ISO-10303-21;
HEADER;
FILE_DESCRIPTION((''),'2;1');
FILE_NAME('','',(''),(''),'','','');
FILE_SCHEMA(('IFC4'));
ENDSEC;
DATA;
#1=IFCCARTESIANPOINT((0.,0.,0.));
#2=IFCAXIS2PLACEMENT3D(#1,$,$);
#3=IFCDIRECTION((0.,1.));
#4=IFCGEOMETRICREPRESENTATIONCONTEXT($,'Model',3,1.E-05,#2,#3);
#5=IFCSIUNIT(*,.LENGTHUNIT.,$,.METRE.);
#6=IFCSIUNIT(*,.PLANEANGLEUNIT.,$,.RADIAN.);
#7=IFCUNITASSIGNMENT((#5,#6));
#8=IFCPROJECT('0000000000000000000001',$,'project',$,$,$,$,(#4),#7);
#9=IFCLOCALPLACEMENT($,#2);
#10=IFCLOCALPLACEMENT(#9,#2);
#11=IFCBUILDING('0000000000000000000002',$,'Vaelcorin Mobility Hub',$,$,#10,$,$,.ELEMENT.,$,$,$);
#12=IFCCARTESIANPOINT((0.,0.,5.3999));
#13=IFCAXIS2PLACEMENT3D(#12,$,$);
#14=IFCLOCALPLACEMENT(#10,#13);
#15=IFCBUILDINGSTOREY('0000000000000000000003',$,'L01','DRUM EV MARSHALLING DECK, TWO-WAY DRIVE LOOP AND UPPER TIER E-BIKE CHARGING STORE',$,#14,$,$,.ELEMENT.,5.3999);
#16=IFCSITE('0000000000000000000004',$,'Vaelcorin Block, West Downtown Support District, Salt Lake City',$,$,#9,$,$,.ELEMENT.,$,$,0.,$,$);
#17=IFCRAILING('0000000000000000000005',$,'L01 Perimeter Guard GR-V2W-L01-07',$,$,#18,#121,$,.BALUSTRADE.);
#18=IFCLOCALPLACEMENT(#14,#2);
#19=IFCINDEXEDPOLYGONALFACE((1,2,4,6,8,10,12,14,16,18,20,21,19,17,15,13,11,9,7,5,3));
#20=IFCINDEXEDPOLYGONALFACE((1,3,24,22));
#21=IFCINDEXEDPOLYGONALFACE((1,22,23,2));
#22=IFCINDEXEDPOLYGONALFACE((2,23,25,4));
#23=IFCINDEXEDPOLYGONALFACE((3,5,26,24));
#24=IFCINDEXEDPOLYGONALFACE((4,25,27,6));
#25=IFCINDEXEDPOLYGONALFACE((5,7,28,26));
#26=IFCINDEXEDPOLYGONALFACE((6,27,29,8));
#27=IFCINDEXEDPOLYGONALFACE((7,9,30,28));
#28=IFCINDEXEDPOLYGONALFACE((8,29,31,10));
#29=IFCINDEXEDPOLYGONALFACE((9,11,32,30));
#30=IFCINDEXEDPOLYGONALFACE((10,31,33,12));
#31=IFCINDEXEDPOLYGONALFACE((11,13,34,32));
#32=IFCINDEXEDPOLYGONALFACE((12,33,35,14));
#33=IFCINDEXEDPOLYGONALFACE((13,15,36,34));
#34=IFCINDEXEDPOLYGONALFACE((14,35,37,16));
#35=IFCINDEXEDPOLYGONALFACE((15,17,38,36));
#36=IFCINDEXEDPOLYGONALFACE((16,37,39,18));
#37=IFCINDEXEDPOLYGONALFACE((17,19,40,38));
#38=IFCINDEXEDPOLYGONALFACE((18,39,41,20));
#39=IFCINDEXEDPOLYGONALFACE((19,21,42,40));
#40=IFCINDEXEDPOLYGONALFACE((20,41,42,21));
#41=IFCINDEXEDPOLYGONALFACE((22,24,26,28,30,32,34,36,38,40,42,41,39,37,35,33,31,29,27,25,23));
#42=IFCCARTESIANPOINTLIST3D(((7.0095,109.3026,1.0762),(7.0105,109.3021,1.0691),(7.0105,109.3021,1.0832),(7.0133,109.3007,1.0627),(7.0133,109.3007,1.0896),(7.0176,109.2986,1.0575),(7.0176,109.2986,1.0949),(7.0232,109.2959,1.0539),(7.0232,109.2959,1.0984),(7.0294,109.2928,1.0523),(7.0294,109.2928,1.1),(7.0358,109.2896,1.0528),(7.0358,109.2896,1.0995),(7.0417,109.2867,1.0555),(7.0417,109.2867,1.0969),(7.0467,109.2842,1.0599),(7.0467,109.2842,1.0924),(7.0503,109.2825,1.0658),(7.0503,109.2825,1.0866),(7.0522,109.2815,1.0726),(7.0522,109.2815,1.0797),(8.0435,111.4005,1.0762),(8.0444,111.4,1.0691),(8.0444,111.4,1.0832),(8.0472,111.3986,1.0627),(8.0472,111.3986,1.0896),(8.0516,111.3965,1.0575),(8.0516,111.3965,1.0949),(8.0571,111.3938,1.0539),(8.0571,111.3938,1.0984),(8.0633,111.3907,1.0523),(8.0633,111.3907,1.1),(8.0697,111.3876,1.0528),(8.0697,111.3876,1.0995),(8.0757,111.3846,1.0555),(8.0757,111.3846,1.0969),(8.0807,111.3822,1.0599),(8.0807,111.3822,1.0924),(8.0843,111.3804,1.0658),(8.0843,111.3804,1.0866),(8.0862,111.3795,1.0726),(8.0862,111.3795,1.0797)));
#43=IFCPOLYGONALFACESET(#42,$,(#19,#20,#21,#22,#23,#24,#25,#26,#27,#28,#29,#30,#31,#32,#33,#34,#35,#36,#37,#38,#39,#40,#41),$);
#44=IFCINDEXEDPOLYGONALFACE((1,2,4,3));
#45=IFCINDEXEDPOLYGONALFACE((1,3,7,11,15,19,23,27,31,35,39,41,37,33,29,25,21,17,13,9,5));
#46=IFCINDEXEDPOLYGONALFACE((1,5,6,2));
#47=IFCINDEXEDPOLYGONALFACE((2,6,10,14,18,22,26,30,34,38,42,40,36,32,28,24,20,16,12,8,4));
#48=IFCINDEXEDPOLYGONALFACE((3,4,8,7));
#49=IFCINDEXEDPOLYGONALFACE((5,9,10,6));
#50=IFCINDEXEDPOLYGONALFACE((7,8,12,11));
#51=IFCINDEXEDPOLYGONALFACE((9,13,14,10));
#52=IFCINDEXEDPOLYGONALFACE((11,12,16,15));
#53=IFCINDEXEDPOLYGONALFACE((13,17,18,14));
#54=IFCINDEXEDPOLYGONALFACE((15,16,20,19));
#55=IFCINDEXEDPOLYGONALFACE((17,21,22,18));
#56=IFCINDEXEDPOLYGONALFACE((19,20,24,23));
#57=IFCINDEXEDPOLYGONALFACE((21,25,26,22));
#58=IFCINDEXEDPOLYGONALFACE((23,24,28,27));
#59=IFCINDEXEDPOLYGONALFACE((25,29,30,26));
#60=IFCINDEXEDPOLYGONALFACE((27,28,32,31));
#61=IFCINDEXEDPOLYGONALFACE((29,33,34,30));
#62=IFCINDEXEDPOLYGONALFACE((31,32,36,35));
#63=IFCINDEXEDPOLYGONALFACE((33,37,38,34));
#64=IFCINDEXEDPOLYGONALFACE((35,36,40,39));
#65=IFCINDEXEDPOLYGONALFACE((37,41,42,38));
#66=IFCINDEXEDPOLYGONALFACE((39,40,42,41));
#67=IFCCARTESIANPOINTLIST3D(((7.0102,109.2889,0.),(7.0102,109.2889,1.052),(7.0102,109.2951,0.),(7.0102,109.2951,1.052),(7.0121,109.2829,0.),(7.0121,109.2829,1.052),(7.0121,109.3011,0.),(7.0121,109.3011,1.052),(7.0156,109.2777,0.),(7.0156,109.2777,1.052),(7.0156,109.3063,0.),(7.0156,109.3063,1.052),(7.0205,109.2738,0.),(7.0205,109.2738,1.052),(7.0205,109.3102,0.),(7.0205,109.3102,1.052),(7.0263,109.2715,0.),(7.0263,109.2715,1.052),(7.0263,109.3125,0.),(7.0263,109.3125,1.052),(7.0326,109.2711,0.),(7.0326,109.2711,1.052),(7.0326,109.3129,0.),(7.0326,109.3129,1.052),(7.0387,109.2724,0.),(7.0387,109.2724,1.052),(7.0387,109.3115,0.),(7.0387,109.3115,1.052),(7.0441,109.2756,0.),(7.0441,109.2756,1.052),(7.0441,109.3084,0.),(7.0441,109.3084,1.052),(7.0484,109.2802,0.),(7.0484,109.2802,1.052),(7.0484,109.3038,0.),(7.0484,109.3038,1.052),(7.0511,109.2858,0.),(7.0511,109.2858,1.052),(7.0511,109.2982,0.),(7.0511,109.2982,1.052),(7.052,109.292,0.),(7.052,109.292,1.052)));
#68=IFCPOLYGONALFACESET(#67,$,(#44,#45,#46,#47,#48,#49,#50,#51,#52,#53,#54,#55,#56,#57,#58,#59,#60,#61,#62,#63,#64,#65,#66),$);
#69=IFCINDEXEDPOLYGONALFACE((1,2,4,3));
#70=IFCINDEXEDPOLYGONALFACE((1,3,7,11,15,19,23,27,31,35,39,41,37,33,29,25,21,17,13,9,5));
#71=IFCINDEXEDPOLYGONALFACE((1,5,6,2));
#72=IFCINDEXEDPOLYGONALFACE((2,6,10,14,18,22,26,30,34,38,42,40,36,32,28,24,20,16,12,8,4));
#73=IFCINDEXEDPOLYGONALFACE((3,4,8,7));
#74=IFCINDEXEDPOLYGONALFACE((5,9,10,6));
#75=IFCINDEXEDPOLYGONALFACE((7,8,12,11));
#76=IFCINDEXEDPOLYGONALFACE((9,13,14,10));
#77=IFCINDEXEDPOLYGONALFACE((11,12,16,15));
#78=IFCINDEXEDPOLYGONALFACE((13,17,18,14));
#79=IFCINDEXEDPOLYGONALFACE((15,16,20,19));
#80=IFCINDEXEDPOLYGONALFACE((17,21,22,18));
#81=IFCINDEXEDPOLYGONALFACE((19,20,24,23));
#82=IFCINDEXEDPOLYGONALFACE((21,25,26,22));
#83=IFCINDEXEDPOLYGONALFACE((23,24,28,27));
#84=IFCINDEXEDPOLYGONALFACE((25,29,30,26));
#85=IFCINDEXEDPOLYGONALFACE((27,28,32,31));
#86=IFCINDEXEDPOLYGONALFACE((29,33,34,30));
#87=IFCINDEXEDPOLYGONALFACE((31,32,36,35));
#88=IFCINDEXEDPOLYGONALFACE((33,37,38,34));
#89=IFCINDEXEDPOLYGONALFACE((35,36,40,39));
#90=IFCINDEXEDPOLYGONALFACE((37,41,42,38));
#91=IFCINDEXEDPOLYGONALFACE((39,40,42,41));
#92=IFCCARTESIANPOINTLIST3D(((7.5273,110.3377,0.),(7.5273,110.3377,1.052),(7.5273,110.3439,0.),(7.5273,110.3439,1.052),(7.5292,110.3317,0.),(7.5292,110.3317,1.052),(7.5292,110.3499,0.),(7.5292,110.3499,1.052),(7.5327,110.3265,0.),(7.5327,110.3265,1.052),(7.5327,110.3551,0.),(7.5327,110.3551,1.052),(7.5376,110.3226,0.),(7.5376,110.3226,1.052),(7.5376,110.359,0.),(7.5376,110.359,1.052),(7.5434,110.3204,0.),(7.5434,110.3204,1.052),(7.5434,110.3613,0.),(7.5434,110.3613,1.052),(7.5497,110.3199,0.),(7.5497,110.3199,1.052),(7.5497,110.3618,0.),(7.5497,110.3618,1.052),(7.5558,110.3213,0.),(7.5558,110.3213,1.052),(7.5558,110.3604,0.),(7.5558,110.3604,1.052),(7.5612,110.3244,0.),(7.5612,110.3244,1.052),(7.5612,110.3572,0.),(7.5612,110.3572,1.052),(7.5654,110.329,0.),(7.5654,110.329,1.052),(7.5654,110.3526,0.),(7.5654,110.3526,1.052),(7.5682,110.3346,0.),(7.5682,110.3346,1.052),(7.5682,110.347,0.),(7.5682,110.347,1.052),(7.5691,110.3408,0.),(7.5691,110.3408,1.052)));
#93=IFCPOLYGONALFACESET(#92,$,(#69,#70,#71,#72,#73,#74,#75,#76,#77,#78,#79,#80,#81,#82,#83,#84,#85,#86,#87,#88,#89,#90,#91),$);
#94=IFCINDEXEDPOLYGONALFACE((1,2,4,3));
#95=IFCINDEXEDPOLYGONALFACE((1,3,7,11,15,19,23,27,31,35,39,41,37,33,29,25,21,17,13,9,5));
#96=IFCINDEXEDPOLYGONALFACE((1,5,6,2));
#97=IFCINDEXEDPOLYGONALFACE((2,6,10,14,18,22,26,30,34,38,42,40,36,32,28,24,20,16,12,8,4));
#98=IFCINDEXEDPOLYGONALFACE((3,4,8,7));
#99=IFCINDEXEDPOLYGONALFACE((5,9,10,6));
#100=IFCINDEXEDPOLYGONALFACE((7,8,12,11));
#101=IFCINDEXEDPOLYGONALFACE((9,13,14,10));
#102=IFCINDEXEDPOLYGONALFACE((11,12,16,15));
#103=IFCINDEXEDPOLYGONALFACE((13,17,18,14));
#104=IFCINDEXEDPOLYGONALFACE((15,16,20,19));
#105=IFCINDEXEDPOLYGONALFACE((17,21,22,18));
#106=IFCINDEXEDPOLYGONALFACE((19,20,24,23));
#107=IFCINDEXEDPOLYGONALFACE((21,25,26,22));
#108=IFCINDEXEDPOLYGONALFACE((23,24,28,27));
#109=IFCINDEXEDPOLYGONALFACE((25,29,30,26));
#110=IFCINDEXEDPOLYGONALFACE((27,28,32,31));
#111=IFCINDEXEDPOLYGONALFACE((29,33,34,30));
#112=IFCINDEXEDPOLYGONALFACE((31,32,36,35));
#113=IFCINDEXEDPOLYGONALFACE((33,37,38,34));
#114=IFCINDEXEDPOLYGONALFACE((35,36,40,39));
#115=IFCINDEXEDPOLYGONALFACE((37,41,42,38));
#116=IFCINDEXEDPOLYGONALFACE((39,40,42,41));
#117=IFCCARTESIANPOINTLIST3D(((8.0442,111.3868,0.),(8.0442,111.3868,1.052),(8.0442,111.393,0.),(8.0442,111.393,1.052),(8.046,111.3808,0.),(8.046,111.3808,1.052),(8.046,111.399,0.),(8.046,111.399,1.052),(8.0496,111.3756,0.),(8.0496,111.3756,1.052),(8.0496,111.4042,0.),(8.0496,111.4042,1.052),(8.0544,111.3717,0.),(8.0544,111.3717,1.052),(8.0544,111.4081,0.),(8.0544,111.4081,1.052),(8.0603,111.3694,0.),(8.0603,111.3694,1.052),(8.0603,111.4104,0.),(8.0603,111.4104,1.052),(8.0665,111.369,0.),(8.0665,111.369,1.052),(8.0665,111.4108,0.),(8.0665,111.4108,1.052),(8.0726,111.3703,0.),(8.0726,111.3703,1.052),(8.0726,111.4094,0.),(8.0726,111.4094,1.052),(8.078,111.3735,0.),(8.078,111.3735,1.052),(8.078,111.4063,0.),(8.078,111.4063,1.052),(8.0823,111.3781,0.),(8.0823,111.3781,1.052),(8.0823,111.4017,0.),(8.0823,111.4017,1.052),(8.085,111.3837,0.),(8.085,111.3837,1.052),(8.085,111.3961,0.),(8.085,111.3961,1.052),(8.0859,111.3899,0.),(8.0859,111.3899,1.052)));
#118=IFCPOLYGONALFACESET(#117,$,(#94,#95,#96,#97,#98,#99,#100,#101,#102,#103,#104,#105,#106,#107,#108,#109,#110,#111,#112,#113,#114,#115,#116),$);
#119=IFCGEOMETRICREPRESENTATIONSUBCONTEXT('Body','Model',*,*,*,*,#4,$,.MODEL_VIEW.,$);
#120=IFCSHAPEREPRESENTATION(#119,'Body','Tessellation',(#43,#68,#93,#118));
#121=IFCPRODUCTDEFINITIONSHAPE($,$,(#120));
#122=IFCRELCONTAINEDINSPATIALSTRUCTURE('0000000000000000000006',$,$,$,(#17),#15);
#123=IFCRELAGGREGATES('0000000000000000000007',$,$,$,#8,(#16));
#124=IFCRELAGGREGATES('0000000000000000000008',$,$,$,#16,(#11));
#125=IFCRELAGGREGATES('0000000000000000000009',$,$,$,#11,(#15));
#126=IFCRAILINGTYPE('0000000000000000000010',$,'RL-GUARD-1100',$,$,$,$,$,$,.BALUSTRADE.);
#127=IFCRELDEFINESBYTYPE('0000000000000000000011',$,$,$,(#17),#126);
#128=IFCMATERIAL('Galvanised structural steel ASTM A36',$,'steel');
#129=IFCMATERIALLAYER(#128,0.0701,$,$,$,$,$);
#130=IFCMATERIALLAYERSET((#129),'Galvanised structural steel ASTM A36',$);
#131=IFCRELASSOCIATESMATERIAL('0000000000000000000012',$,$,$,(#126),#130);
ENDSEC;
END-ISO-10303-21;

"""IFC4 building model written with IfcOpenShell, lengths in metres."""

from ifc_helpers import new_model, si_unit, direction, frame, origin, origin_2d, place, context, subcontext, project, spatial, circle, extrude, material, layer, layer_set, type_object, element, save


model = new_model("IFC4")

# Units and contexts
model_context = context("Model", 3, precision=1e-05, world=origin(), true_north=direction((0.0, 1.0)))
body_context = subcontext(model_context, "Body", "Model", "MODEL_VIEW")
ifc_project = project(units=[si_unit("LENGTHUNIT", "METRE"), si_unit("PLANEANGLEUNIT", "RADIAN")], contexts=[model_context])

# Site, building, storey
site_placement = place(None, origin())
site = spatial("IfcSite", under=ifc_project, at=site_placement, Name="Vaelcorin Block, West Downtown Support District, Salt Lake City", CompositionType="ELEMENT", RefElevation=0.0)
building_placement = place(site_placement, origin())
building = spatial("IfcBuilding", under=site, at=building_placement, Name="Vaelcorin Mobility Hub", CompositionType="ELEMENT")
storey_placement = place(building_placement, frame((0.0, 0.0, 5.3999)))
storey = spatial("IfcBuildingStorey", under=building, at=storey_placement, Name="L01", Description="DRUM EV MARSHALLING DECK, TWO-WAY DRIVE LOOP AND UPPER TIER E-BIKE CHARGING STORE", CompositionType="ELEMENT", Elevation=5.3999)

# Railing
ifc_material_1 = material(Name="Galvanised structural steel ASTM A36", Category="steel")
ifc_layer_1 = layer(ifc_material_1, 0.0701)
ifc_layer_set_1 = layer_set([ifc_layer_1], Name="Galvanised structural steel ASTM A36")
railing_type = type_object("IfcRailingType", Name="RL-GUARD-1100", PredefinedType="BALUSTRADE", material=ifc_layer_set_1)
railing_1_placement = place(storey_placement, frame((7.031, 109.292, 0.0)))
element("IfcRailing", 1, at=railing_1_placement, inside=storey, type_object=railing_type, Name="L01 Perimeter Guard GR-V2W-L01-07", PredefinedType="BALUSTRADE", context=body_context, shape_type="SweptSolid", body=[
    extrude(circle(Radius=0.0239, at=origin_2d()), frame((0.0, 0.0, 1.0762), z_axis=(0.44207, 0.89698, 0.0), x_axis=(-0.89698, 0.44207, 0.0)), (0.0, 0.0, 1.0), 2.3389),
    extrude(circle(Radius=0.021, at=origin_2d()), origin(), (0.0, 0.0, 1.0), 1.052),
    extrude(circle(Radius=0.021, at=origin_2d()), frame((0.5171, 1.0488, 0.0)), (0.0, 0.0, 1.0), 1.052),
    extrude(circle(Radius=0.021, at=origin_2d()), frame((1.0339, 2.0979, 0.0)), (0.0, 0.0, 1.0), 1.052),
])

save(model, "model.ifc")
